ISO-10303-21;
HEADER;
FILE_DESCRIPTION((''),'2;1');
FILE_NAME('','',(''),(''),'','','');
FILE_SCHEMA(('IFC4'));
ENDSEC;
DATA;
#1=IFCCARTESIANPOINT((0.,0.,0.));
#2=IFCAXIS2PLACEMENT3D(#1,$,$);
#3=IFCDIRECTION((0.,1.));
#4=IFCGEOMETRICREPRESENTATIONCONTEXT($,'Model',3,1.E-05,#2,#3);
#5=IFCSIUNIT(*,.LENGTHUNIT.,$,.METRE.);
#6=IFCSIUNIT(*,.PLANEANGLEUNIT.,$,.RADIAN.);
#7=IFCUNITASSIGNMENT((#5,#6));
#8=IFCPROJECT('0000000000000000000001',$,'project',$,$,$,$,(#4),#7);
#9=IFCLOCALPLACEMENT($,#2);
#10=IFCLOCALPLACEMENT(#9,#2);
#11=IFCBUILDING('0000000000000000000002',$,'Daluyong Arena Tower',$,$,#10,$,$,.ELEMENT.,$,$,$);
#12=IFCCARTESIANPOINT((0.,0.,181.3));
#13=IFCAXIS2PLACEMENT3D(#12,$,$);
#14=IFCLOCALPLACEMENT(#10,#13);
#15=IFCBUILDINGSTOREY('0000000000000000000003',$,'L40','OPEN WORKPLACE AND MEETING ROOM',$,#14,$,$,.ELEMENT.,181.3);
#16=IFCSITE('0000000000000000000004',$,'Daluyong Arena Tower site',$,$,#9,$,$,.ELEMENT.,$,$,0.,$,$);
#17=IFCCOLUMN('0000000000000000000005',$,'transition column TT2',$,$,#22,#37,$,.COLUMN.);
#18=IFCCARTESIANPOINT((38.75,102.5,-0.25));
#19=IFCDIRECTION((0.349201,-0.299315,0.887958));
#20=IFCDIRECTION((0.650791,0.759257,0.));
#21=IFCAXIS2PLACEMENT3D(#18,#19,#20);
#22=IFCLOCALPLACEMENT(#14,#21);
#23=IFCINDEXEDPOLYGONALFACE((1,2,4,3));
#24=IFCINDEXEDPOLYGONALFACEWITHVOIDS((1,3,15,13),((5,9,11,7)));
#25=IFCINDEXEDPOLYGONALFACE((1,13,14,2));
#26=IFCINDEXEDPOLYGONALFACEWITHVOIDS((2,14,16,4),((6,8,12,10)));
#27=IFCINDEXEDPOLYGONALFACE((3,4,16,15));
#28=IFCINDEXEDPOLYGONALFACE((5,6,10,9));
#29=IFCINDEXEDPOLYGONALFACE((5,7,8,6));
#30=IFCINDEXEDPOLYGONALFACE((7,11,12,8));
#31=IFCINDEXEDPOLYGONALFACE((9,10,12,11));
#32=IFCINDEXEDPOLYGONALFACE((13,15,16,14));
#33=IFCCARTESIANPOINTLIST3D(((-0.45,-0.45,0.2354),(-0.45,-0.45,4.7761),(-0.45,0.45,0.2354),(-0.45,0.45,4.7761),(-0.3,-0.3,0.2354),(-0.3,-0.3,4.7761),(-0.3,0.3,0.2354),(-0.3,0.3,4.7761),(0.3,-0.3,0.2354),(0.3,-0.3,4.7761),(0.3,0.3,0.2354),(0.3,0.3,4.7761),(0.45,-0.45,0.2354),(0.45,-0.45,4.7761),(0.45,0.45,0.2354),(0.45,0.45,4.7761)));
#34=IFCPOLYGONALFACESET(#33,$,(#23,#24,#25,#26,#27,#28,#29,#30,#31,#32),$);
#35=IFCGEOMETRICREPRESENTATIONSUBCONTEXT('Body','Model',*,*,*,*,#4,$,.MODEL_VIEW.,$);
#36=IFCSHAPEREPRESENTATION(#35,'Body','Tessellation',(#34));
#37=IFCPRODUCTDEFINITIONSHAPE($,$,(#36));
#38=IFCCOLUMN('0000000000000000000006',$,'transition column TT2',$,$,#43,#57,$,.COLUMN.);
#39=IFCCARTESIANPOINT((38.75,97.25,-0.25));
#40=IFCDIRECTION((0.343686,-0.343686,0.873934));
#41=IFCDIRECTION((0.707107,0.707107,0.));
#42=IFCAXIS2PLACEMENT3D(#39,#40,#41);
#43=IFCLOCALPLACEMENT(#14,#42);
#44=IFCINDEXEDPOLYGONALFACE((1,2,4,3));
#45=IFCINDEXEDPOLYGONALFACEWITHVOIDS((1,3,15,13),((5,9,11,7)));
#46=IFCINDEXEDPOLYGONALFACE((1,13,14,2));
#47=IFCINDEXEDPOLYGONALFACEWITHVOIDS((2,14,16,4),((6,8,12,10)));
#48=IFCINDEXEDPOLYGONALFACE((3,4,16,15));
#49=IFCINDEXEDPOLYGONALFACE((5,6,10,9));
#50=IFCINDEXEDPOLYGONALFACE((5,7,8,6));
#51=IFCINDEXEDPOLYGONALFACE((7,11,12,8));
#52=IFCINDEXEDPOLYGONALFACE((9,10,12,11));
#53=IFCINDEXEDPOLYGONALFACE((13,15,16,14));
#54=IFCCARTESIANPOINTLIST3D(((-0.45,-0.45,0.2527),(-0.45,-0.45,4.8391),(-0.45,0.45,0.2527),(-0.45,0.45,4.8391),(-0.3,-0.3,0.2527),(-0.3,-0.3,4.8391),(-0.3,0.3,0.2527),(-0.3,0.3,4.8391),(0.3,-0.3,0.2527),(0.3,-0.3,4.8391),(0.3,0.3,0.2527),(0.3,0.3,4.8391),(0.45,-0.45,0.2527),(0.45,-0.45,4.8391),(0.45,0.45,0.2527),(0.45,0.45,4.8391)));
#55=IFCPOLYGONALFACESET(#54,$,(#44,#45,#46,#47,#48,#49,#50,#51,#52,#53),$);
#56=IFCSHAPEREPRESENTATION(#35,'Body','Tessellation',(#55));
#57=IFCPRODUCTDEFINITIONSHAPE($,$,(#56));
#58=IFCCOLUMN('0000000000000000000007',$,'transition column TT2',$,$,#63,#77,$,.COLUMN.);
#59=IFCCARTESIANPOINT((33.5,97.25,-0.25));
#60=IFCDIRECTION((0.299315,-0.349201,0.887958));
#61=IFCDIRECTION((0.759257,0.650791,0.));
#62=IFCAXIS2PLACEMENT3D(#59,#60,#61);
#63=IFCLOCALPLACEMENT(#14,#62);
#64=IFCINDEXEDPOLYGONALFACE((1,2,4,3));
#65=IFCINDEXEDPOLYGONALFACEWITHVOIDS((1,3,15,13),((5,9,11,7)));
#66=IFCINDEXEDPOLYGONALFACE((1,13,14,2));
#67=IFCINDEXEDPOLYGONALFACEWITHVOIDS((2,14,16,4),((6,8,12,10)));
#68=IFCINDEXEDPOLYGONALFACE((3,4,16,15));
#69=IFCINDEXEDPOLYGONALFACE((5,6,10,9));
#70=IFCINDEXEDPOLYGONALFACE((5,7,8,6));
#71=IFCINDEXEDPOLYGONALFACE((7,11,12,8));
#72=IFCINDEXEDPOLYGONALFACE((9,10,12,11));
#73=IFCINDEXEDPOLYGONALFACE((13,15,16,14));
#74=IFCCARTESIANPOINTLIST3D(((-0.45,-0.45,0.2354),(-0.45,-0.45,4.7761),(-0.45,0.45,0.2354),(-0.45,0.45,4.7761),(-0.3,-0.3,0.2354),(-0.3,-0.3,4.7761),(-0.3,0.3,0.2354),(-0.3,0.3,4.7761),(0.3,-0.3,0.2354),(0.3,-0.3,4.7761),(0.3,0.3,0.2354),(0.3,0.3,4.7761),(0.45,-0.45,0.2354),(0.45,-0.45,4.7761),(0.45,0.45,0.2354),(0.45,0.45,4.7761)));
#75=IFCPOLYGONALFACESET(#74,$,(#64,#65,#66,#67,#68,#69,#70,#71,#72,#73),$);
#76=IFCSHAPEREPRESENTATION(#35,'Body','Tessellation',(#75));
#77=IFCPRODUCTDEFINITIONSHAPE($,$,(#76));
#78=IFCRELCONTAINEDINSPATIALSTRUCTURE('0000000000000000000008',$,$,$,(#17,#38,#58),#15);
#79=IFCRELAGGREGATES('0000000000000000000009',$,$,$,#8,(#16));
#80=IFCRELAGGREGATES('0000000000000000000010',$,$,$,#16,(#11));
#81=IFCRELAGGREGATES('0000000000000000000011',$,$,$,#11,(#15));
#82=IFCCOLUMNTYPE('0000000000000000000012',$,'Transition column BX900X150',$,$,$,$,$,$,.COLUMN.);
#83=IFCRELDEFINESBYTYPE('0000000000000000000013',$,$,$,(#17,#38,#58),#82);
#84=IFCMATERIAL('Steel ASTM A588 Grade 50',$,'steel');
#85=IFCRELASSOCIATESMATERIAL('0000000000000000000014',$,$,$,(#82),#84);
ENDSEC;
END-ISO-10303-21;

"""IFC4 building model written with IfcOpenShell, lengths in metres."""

from ifc_helpers import new_model, si_unit, direction, frame, origin, origin_2d, place, context, subcontext, project, spatial, hollow_rectangle, extrude, clip, halfspace, material, material_profile, profile_set, type_object, element, save


model = new_model("IFC4")

# Units and contexts
model_context = context("Model", 3, precision=1e-05, world=origin(), true_north=direction((0.0, 1.0)))
body_context = subcontext(model_context, "Body", "Model", "MODEL_VIEW")
ifc_project = project(units=[si_unit("LENGTHUNIT", "METRE"), si_unit("PLANEANGLEUNIT", "RADIAN")], contexts=[model_context])

# Site, building, storey
site_placement = place(None, origin())
site = spatial("IfcSite", under=ifc_project, at=site_placement, Name="Daluyong Arena Tower site", CompositionType="ELEMENT", RefElevation=0.0)
building_placement = place(site_placement, origin())
building = spatial("IfcBuilding", under=site, at=building_placement, Name="Daluyong Arena Tower", CompositionType="ELEMENT")
storey_placement = place(building_placement, frame((0.0, 0.0, 181.3)))
storey = spatial("IfcBuildingStorey", under=building, at=storey_placement, Name="L40", Description="OPEN WORKPLACE AND MEETING ROOM", CompositionType="ELEMENT", Elevation=181.3)

# Columns
ifc_material_1 = material(Name="Steel ASTM A588 Grade 50", Category="steel")
ifc_material_profile_1 = material_profile(ifc_material_1, hollow_rectangle(XDim=0.8999, YDim=0.8999, WallThickness=0.15, at=origin_2d()))
ifc_profile_set_1 = profile_set([ifc_material_profile_1], Name="Steel ASTM A588 Grade 50")
column_type_1 = type_object("IfcColumnType", Name="Transition column BX900X150", PredefinedType="COLUMN", material=ifc_profile_set_1)
column_1_placement = place(storey_placement, frame((38.75, 102.5, -0.25), z_axis=(0.349201, -0.299315, 0.887958), x_axis=(0.650791, 0.759257, 0.0)))
element("IfcColumn", 1, at=column_1_placement, inside=storey, type_object=column_type_1, Name="transition column TT2", PredefinedType="COLUMN", context=body_context, shape_type="Clipping", body=[
    clip(clip(extrude(hollow_rectangle(XDim=0.8999, YDim=0.8999, WallThickness=0.15, at=origin_2d()), origin(), (0.0, 0.0, 1.0), 5.0115), halfspace(frame((0.0, 0.0, 0.2354), z_axis=(0.0, 0.0, 1.0), x_axis=(1.0, 0.0, 0.0)), True)), halfspace(frame((0.0, 0.0, 4.7761), z_axis=(0.0, 0.0, -1.0), x_axis=(1.0, 0.0, 0.0)), True)),
])
column_2_placement = place(storey_placement, frame((38.75, 97.25, -0.25), z_axis=(0.343686, -0.343686, 0.873934), x_axis=(0.707107, 0.707107, 0.0)))
element("IfcColumn", 2, at=column_2_placement, inside=storey, type_object=column_type_1, Name="transition column TT2", PredefinedType="COLUMN", context=body_context, shape_type="Clipping", body=[
    clip(clip(extrude(hollow_rectangle(XDim=0.8999, YDim=0.8999, WallThickness=0.15, at=origin_2d()), origin(), (0.0, 0.0, 1.0), 5.0918), halfspace(frame((0.0, 0.0, 0.2527), z_axis=(0.0, 0.0, 1.0), x_axis=(1.0, 0.0, 0.0)), True)), halfspace(frame((0.0, 0.0, 4.8391), z_axis=(0.0, 0.0, -1.0), x_axis=(1.0, 0.0, 0.0)), True)),
])
column_3_placement = place(storey_placement, frame((33.5, 97.25, -0.25), z_axis=(0.299315, -0.349201, 0.887958), x_axis=(0.759257, 0.650791, 0.0)))
element("IfcColumn", 3, at=column_3_placement, inside=storey, type_object=column_type_1, Name="transition column TT2", PredefinedType="COLUMN", context=body_context, shape_type="Clipping", body=[
    clip(clip(extrude(hollow_rectangle(XDim=0.8999, YDim=0.8999, WallThickness=0.15, at=origin_2d()), origin(), (0.0, 0.0, 1.0), 5.0115), halfspace(frame((0.0, 0.0, 0.2354), z_axis=(0.0, 0.0, 1.0), x_axis=(1.0, 0.0, 0.0)), True)), halfspace(frame((0.0, 0.0, 4.7761), z_axis=(0.0, 0.0, -1.0), x_axis=(1.0, 0.0, 0.0)), True)),
])

save(model, "model.ifc")
